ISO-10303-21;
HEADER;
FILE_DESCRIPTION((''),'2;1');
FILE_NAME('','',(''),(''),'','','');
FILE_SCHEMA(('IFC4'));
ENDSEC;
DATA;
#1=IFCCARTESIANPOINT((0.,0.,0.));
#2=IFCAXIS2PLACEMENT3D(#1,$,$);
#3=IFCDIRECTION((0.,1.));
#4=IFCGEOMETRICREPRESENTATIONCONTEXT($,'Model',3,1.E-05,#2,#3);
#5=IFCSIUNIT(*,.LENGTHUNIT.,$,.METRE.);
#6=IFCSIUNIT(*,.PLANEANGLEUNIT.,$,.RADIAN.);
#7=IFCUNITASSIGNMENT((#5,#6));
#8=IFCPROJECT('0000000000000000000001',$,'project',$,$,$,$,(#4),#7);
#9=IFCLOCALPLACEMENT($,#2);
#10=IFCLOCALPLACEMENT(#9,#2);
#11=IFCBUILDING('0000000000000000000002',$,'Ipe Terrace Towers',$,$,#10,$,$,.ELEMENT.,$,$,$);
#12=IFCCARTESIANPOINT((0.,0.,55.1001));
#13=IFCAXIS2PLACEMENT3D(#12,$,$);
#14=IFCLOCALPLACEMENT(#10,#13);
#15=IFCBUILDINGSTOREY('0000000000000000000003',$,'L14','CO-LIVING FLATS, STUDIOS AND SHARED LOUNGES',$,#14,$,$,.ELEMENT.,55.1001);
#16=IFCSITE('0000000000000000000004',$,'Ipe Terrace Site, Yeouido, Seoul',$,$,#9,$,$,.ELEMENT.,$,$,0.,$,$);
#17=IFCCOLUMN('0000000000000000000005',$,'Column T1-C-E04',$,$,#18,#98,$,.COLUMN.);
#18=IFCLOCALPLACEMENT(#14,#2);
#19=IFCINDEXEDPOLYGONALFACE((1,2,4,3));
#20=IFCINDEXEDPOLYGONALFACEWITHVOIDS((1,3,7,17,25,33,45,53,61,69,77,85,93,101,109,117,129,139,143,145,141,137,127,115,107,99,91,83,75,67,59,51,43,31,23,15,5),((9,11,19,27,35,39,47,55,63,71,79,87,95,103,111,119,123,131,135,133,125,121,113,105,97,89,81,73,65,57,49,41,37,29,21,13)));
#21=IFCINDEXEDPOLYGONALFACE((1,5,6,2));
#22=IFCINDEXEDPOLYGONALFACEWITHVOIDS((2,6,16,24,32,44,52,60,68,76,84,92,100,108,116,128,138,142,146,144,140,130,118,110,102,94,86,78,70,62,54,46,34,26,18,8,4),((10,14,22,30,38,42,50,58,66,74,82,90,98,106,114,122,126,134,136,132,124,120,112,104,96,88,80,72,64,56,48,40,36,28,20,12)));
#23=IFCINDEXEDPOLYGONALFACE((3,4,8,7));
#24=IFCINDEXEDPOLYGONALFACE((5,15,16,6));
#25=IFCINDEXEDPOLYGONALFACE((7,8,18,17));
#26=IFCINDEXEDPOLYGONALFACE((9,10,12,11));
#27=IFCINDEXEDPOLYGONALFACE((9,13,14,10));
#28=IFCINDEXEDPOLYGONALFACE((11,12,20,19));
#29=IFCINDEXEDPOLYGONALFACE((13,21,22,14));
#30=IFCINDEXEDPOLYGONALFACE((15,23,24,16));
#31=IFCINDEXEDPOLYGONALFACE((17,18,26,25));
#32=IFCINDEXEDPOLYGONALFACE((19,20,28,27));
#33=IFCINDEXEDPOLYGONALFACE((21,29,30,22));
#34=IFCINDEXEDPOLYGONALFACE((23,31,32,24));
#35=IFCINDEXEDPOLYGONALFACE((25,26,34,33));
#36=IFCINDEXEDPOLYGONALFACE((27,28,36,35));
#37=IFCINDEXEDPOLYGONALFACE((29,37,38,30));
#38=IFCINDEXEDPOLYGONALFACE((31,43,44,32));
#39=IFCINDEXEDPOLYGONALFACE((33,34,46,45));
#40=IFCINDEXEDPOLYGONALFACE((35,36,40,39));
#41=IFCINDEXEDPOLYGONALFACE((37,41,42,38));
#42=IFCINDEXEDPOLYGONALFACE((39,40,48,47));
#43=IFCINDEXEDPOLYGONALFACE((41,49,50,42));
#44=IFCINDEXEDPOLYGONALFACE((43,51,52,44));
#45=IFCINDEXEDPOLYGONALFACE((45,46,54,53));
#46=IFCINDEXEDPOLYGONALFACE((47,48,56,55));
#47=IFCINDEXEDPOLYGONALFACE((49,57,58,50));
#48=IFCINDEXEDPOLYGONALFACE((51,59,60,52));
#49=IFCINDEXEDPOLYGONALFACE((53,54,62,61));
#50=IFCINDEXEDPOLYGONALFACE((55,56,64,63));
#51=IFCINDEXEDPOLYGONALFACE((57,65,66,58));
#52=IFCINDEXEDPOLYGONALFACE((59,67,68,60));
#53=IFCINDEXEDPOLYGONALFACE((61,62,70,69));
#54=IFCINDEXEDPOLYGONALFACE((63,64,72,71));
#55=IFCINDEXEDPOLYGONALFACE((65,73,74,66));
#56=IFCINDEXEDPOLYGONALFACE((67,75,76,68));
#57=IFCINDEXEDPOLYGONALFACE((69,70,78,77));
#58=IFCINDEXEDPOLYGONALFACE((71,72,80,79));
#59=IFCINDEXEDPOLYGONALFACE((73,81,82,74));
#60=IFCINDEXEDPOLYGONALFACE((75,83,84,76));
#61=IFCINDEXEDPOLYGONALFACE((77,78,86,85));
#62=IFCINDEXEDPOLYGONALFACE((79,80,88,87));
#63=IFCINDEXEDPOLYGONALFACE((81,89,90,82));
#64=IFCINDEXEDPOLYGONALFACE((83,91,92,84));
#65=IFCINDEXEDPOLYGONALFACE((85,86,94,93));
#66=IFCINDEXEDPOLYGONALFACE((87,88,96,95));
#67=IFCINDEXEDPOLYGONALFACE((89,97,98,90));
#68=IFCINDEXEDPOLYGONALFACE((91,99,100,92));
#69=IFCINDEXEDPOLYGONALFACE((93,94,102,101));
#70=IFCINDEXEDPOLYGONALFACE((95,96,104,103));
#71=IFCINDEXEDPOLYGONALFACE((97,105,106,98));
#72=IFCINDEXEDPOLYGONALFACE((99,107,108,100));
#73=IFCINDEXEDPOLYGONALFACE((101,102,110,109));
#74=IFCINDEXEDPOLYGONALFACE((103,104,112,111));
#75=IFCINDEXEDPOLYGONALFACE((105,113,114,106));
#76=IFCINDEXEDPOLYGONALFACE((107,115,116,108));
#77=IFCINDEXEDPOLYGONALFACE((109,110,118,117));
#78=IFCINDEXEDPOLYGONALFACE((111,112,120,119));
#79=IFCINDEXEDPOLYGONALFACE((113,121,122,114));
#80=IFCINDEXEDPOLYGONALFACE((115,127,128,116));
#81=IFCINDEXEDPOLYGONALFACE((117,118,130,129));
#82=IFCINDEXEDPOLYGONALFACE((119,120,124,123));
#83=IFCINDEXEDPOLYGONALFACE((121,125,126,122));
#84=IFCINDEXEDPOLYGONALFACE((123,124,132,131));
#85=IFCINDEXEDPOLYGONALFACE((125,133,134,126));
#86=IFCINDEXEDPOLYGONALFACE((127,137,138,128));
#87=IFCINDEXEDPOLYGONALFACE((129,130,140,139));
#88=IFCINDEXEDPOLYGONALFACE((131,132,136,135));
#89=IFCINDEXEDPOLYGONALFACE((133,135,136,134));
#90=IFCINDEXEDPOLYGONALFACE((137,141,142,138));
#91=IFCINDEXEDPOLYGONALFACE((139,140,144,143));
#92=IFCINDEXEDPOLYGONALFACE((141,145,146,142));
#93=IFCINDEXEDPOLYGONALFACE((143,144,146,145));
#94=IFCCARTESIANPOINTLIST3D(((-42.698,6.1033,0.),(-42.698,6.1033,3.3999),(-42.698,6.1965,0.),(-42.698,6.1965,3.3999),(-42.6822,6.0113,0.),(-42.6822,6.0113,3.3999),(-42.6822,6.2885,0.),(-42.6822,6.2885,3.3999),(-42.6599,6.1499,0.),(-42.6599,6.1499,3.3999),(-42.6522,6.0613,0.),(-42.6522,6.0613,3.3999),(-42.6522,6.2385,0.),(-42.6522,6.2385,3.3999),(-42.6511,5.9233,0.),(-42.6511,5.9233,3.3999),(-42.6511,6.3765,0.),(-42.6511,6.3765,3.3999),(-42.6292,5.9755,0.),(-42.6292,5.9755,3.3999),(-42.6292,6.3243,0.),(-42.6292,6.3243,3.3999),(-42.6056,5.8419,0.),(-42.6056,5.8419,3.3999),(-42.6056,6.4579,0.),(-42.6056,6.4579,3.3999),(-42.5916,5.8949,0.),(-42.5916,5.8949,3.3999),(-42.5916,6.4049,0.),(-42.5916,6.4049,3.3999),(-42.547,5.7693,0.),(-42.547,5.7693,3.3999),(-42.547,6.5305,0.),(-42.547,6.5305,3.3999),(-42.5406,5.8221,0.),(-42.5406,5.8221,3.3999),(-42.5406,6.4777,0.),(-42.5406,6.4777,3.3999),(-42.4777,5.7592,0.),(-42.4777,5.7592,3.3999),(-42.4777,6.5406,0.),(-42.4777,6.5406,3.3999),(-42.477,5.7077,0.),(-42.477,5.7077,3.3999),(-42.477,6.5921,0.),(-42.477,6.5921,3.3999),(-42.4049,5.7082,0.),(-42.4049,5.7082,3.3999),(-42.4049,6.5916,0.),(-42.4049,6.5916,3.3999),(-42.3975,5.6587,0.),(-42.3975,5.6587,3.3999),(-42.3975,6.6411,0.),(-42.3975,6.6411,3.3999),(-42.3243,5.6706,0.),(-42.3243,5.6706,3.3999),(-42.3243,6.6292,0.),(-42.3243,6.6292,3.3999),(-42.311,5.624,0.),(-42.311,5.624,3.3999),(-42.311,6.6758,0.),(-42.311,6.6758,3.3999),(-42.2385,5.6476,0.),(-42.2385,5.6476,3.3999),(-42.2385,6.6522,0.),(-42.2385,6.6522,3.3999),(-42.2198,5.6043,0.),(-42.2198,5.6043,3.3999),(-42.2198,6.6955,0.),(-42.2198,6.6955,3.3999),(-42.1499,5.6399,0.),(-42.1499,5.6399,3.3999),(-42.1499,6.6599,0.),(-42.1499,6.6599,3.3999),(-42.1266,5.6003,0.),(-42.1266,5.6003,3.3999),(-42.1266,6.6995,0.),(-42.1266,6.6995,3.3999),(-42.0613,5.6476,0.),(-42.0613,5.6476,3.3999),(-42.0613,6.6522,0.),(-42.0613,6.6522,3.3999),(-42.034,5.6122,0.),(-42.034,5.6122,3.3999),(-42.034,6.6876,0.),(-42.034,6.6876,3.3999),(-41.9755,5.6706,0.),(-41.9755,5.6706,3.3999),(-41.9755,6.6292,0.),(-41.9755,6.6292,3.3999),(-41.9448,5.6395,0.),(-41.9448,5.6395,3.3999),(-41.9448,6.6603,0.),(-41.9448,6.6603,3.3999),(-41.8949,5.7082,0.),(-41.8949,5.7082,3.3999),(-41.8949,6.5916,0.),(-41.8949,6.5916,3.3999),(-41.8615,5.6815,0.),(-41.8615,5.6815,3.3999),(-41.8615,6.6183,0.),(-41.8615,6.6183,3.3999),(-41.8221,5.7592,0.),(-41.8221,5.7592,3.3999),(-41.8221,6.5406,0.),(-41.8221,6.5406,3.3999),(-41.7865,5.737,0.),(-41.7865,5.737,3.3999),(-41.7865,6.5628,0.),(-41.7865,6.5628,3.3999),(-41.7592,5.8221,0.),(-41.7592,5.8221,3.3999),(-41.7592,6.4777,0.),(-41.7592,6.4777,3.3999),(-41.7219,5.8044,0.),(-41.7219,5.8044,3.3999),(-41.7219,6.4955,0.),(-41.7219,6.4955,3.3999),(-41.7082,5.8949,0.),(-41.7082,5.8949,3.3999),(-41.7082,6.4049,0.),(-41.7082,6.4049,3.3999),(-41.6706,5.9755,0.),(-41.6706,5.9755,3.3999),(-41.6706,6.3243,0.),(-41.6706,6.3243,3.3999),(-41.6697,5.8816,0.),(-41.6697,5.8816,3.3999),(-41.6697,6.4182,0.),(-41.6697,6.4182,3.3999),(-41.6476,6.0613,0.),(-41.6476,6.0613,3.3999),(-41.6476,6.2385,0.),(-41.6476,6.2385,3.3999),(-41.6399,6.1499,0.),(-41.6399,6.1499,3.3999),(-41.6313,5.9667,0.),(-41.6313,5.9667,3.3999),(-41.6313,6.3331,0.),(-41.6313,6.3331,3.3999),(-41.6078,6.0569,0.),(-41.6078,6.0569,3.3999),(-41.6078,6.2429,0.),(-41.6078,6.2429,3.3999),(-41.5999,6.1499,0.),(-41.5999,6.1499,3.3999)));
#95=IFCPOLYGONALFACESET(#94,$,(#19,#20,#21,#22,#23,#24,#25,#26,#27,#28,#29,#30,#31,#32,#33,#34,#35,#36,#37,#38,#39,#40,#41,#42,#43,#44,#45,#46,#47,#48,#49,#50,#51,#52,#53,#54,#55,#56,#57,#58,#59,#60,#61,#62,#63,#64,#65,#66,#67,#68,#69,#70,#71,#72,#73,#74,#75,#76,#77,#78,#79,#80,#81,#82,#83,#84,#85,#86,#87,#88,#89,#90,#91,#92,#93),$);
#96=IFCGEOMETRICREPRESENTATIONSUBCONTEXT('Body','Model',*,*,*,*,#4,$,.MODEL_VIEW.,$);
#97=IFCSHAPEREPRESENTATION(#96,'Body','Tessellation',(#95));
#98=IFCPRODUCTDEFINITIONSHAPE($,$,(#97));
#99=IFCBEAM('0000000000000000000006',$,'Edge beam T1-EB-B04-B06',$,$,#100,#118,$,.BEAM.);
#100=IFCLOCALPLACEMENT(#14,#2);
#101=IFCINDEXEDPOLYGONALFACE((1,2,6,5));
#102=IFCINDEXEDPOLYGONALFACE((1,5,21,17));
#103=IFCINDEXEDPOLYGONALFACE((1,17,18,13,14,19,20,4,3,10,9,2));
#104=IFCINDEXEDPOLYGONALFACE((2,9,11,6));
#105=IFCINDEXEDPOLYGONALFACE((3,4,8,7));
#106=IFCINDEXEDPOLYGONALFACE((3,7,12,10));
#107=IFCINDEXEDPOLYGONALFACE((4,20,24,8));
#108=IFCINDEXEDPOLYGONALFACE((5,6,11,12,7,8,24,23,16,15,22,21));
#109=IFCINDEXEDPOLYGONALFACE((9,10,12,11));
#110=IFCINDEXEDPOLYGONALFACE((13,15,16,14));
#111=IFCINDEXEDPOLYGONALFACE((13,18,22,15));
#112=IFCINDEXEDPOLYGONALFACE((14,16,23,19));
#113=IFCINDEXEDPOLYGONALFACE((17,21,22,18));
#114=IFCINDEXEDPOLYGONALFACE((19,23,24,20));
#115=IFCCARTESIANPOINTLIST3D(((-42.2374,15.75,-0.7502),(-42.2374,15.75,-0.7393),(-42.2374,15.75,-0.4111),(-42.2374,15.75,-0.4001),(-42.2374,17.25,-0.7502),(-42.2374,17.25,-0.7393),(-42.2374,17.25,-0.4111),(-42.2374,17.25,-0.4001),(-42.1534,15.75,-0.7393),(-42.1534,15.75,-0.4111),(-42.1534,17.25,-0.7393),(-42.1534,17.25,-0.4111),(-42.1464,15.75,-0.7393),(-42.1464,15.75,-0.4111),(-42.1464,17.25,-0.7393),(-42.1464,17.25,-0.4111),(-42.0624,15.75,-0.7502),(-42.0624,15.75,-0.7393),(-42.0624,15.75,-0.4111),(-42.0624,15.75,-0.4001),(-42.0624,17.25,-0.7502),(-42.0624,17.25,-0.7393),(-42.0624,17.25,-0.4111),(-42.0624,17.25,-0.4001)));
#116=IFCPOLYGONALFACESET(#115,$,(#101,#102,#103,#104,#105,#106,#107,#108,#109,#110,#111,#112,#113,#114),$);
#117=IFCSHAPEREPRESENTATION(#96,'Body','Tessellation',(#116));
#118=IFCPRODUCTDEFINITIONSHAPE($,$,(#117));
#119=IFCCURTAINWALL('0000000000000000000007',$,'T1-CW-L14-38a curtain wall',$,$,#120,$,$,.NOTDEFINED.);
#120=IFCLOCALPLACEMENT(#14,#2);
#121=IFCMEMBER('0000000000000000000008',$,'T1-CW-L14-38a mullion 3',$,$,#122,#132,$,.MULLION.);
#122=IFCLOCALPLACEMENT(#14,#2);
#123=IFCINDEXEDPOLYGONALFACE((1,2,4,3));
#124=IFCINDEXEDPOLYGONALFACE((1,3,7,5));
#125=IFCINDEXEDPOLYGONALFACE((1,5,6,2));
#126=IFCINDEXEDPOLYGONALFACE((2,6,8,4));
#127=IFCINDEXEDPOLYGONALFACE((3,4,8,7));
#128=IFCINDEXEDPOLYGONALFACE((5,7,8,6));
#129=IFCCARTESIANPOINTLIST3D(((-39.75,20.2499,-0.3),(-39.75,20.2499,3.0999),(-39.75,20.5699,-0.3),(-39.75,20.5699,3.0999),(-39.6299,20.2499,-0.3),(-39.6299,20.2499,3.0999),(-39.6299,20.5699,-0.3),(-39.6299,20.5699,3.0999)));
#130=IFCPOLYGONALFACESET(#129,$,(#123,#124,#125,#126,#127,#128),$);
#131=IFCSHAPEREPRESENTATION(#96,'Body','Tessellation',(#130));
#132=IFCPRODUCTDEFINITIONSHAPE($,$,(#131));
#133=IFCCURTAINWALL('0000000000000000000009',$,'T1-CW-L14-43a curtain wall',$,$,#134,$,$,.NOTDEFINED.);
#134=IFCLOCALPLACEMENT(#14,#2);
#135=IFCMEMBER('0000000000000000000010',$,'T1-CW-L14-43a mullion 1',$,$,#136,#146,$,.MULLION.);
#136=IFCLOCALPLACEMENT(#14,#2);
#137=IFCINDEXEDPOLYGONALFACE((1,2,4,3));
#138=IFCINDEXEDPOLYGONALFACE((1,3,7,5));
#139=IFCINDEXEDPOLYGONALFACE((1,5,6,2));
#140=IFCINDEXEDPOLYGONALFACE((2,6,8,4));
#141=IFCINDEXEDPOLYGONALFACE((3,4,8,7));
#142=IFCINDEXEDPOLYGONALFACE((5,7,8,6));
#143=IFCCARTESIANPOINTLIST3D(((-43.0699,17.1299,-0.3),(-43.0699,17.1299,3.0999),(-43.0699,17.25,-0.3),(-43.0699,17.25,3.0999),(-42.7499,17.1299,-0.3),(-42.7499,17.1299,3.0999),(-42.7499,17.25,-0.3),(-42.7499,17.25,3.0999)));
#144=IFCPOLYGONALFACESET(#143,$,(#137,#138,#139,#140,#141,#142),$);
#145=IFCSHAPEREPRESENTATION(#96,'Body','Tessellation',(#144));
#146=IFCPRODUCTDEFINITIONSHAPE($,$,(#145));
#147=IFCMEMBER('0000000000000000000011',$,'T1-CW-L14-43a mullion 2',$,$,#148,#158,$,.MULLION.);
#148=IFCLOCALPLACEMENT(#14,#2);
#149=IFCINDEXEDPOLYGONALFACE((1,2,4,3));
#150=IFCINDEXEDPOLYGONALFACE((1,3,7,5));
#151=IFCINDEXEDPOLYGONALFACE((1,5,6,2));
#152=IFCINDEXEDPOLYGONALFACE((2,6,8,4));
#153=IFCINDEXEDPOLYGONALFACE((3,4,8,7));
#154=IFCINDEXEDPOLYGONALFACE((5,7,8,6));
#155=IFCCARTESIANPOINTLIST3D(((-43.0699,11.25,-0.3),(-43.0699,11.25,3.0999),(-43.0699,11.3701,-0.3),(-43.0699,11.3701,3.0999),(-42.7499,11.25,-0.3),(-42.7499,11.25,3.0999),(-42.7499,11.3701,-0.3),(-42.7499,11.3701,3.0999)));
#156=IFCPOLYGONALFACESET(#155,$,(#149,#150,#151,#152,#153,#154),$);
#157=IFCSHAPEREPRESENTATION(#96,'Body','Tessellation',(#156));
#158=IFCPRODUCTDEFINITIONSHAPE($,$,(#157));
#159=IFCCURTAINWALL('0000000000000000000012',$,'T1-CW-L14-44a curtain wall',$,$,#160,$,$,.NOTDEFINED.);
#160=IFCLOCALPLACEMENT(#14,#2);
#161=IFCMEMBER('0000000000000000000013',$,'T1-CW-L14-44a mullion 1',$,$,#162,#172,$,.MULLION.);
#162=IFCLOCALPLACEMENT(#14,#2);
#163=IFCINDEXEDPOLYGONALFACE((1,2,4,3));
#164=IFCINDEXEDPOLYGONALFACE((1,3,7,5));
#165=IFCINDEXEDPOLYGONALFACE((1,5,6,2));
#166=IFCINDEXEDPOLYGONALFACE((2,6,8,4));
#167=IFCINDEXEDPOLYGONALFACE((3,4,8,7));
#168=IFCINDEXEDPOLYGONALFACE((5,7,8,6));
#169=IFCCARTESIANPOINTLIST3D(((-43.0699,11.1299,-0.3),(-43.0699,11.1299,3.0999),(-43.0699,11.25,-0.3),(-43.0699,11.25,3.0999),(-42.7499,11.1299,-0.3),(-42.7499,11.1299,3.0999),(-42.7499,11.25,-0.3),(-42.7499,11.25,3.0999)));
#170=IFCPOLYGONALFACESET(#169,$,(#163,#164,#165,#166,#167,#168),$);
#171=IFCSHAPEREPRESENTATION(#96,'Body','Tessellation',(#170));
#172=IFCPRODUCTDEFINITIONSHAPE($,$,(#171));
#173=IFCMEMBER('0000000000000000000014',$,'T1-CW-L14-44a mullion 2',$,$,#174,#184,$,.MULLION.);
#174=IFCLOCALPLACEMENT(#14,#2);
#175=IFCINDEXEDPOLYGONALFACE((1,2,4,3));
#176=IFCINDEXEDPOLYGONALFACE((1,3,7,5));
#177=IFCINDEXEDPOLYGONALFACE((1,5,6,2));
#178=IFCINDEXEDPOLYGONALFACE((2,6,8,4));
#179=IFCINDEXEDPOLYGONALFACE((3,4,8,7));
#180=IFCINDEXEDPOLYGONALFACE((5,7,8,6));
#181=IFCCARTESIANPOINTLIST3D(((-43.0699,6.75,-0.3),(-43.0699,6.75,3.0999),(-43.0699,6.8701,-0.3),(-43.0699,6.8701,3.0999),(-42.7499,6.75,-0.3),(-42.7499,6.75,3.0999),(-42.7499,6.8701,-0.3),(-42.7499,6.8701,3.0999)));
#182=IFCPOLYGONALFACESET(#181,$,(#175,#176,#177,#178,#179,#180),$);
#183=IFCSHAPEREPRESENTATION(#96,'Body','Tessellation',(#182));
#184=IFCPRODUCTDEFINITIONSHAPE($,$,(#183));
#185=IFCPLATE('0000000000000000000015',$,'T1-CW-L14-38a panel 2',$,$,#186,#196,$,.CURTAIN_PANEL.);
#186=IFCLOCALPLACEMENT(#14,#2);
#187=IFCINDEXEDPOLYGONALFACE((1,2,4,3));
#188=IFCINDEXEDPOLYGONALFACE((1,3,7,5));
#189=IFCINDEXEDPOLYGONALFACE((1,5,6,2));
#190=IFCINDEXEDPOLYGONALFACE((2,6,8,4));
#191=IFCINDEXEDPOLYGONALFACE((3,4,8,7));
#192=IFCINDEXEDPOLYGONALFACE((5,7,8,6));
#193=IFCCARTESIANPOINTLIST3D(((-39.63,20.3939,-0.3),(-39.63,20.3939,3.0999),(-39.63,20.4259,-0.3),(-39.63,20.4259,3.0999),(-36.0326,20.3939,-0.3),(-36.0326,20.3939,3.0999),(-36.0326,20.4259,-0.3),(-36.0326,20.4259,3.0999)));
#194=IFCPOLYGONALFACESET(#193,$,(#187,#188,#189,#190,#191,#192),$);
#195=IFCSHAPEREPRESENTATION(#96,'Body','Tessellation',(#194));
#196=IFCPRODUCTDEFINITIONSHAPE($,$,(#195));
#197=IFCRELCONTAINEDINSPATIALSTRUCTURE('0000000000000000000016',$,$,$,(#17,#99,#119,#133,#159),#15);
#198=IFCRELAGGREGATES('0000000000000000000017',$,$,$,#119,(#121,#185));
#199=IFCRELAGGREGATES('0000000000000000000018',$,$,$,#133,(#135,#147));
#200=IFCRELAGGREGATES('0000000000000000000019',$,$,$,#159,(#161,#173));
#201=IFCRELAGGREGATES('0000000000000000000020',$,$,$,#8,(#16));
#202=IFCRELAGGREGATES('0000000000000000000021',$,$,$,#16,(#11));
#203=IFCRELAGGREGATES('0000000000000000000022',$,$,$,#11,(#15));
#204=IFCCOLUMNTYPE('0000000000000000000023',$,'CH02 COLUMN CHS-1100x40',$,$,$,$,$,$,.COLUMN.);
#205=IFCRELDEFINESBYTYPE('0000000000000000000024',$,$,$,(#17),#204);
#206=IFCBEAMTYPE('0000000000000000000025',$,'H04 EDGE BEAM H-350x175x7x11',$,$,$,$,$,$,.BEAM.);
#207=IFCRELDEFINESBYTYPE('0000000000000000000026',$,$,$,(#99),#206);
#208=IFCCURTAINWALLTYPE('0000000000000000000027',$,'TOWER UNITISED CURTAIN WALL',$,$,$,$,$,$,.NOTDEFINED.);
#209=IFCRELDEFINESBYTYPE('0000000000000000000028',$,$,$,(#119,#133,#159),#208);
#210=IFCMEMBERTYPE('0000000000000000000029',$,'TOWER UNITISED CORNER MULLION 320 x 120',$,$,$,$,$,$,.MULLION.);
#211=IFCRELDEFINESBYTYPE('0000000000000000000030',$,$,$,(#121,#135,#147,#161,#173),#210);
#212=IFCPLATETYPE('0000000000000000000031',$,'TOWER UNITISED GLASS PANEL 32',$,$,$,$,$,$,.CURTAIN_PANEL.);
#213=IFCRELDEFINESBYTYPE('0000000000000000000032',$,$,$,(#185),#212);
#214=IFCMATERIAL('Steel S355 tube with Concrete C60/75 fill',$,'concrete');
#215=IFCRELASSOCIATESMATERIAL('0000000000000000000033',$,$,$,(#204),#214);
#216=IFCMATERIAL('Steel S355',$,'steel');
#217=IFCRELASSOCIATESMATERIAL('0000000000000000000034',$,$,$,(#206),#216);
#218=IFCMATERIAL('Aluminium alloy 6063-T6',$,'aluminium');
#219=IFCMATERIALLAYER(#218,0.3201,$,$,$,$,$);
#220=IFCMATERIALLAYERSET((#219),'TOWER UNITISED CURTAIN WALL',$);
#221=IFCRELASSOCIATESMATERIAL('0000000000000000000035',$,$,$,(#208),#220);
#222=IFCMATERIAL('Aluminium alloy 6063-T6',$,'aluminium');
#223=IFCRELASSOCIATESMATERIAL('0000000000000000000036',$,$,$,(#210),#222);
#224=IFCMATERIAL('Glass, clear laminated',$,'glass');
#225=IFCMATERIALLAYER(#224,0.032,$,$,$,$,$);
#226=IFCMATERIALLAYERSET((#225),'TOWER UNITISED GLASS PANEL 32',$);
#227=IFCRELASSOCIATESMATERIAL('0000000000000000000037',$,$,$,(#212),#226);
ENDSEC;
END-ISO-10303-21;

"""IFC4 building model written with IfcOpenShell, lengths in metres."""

from ifc_helpers import new_model, si_unit, direction, frame, origin, origin_2d, place, context, subcontext, project, spatial, rectangle, hollow_circle, i_section, extrude, material, layer, layer_set, material_profile, profile_set, type_object, element, aggregate, save


model = new_model("IFC4")

# Units and contexts
model_context = context("Model", 3, precision=1e-05, world=origin(), true_north=direction((0.0, 1.0)))
body_context = subcontext(model_context, "Body", "Model", "MODEL_VIEW")
ifc_project = project(units=[si_unit("LENGTHUNIT", "METRE"), si_unit("PLANEANGLEUNIT", "RADIAN")], contexts=[model_context])

# Site, building, storey
site_placement = place(None, origin())
site = spatial("IfcSite", under=ifc_project, at=site_placement, Name="Ipe Terrace Site, Yeouido, Seoul", CompositionType="ELEMENT", RefElevation=0.0)
building_placement = place(site_placement, origin())
building = spatial("IfcBuilding", under=site, at=building_placement, Name="Ipe Terrace Towers", CompositionType="ELEMENT")
storey_placement = place(building_placement, frame((0.0, 0.0, 55.1001)))
storey = spatial("IfcBuildingStorey", under=building, at=storey_placement, Name="L14", Description="CO-LIVING FLATS, STUDIOS AND SHARED LOUNGES", CompositionType="ELEMENT", Elevation=55.1001)

# Column
ifc_material_1 = material(Name="Steel S355 tube with Concrete C60/75 fill", Category="concrete")
ifc_material_profile_1 = material_profile(ifc_material_1, hollow_circle(Radius=0.55, WallThickness=0.04, at=origin_2d()), Name="CHS-1100x40")
ifc_profile_set_1 = profile_set([ifc_material_profile_1], Name="Steel S355 tube with Concrete C60/75 fill")
column_type_1 = type_object("IfcColumnType", Name="CH02 COLUMN CHS-1100x40", PredefinedType="COLUMN", material=ifc_profile_set_1)
column_placement = place(storey_placement, frame((-42.1499, 6.1499, 0.0), z_axis=(0.0, 0.0, 1.0), x_axis=(1.0, 0.0, 0.0)))
element("IfcColumn", 1, at=column_placement, inside=storey, type_object=column_type_1, Name="Column T1-C-E04", PredefinedType="COLUMN", context=body_context, shape_type="SweptSolid", body=[
    extrude(hollow_circle(Radius=0.55, WallThickness=0.04, at=origin_2d()), origin(), (0.0, 0.0, 1.0), 3.3999),
])

# Beam
ifc_material_2 = material(Name="Steel S355", Category="steel")
ifc_material_profile_2 = material_profile(ifc_material_2, i_section(OverallWidth=0.175, OverallDepth=0.3501, WebThickness=0.0071, FlangeThickness=0.011, at=origin_2d()), Name="H-350x175x7x11")
ifc_profile_set_2 = profile_set([ifc_material_profile_2], Name="Steel S355")
beam_type = type_object("IfcBeamType", Name="H04 EDGE BEAM H-350x175x7x11", PredefinedType="BEAM", material=ifc_profile_set_2)
beam_placement = place(storey_placement, frame((-42.1499, 15.75, -0.5752), z_axis=(0.0, 1.0, 0.0), x_axis=(-1.0, 0.0, 0.0)))
element("IfcBeam", 2, at=beam_placement, inside=storey, type_object=beam_type, Name="Edge beam T1-EB-B04-B06", PredefinedType="BEAM", context=body_context, shape_type="SweptSolid", body=[
    extrude(i_section(OverallWidth=0.175, OverallDepth=0.3501, WebThickness=0.0071, FlangeThickness=0.011, at=origin_2d()), origin(), (0.0, 0.0, 1.0), 1.5),
])

# Curtain wall, member
ifc_material_3 = material(Name="Aluminium alloy 6063-T6", Category="aluminium")
ifc_layer_1 = layer(ifc_material_3, 0.3201)
ifc_layer_set_1 = layer_set([ifc_layer_1], Name="TOWER UNITISED CURTAIN WALL")
curtain_wall_type = type_object("IfcCurtainWallType", Name="TOWER UNITISED CURTAIN WALL", PredefinedType="NOTDEFINED", material=ifc_layer_set_1)
curtain_wall_1_placement = place(storey_placement, origin())
curtain_wall_1 = element("IfcCurtainWall", 3, at=curtain_wall_1_placement, inside=storey, type_object=curtain_wall_type, Name="T1-CW-L14-38a curtain wall", PredefinedType="NOTDEFINED")
ifc_material_4 = material(Name="Aluminium alloy 6063-T6", Category="aluminium")
ifc_material_profile_3 = material_profile(ifc_material_4, rectangle(XDim=0.3201, YDim=0.1201, at=origin_2d()), Name="TOWER UNITISED CORNER MULLION 320 x 120")
ifc_profile_set_3 = profile_set([ifc_material_profile_3], Name="Aluminium alloy 6063-T6")
member_type = type_object("IfcMemberType", Name="TOWER UNITISED CORNER MULLION 320 x 120", PredefinedType="MULLION", material=ifc_profile_set_3)
member_1_placement = place(storey_placement, frame((-39.6899, 20.4099, -0.3), z_axis=(0.0, 0.0, 1.0), x_axis=(0.0, 1.0, 0.0)))
member_1 = element("IfcMember", 4, at=member_1_placement, type_object=member_type, Name="T1-CW-L14-38a mullion 3", PredefinedType="MULLION", context=body_context, shape_type="SweptSolid", body=[
    extrude(rectangle(XDim=0.3201, YDim=0.1201, at=origin_2d()), origin(), (0.0, 0.0, 1.0), 3.3999),
])

# Curtain walls, members
curtain_wall_2_placement = place(storey_placement, origin())
curtain_wall_2 = element("IfcCurtainWall", 5, at=curtain_wall_2_placement, inside=storey, type_object=curtain_wall_type, Name="T1-CW-L14-43a curtain wall", PredefinedType="NOTDEFINED")
member_2_placement = place(storey_placement, frame((-42.9099, 17.1899, -0.3), z_axis=(0.0, 0.0, 1.0), x_axis=(-1.0, 0.0, 0.0)))
member_2 = element("IfcMember", 6, at=member_2_placement, type_object=member_type, Name="T1-CW-L14-43a mullion 1", PredefinedType="MULLION", context=body_context, shape_type="SweptSolid", body=[
    extrude(rectangle(XDim=0.3201, YDim=0.1201, at=origin_2d()), origin(), (0.0, 0.0, 1.0), 3.3999),
])
member_3_placement = place(storey_placement, frame((-42.9099, 11.3101, -0.3), z_axis=(0.0, 0.0, 1.0), x_axis=(-1.0, 0.0, 0.0)))
member_3 = element("IfcMember", 7, at=member_3_placement, type_object=member_type, Name="T1-CW-L14-43a mullion 2", PredefinedType="MULLION", context=body_context, shape_type="SweptSolid", body=[
    extrude(rectangle(XDim=0.3201, YDim=0.1201, at=origin_2d()), origin(), (0.0, 0.0, 1.0), 3.3999),
])
curtain_wall_3_placement = place(storey_placement, origin())
curtain_wall_3 = element("IfcCurtainWall", 8, at=curtain_wall_3_placement, inside=storey, type_object=curtain_wall_type, Name="T1-CW-L14-44a curtain wall", PredefinedType="NOTDEFINED")
member_4_placement = place(storey_placement, frame((-42.9099, 11.1899, -0.3), z_axis=(0.0, 0.0, 1.0), x_axis=(-1.0, 0.0, 0.0)))
member_4 = element("IfcMember", 9, at=member_4_placement, type_object=member_type, Name="T1-CW-L14-44a mullion 1", PredefinedType="MULLION", context=body_context, shape_type="SweptSolid", body=[
    extrude(rectangle(XDim=0.3201, YDim=0.1201, at=origin_2d()), origin(), (0.0, 0.0, 1.0), 3.3999),
])
member_5_placement = place(storey_placement, frame((-42.9099, 6.8101, -0.3), z_axis=(0.0, 0.0, 1.0), x_axis=(-1.0, 0.0, 0.0)))
member_5 = element("IfcMember", 10, at=member_5_placement, type_object=member_type, Name="T1-CW-L14-44a mullion 2", PredefinedType="MULLION", context=body_context, shape_type="SweptSolid", body=[
    extrude(rectangle(XDim=0.3201, YDim=0.1201, at=origin_2d()), origin(), (0.0, 0.0, 1.0), 3.3999),
])

# Plate
ifc_material_5 = material(Name="Glass, clear laminated", Category="glass")
ifc_layer_2 = layer(ifc_material_5, 0.032)
ifc_layer_set_2 = layer_set([ifc_layer_2], Name="TOWER UNITISED GLASS PANEL 32")
plate_type = type_object("IfcPlateType", Name="TOWER UNITISED GLASS PANEL 32", PredefinedType="CURTAIN_PANEL", material=ifc_layer_set_2)
plate_1_placement = place(storey_placement, frame((-37.8313, 20.4099, -0.3), z_axis=(0.0, 0.0, 1.0), x_axis=(-1.0, 0.0, 0.0)))
plate_1 = element("IfcPlate", 11, at=plate_1_placement, type_object=plate_type, Name="T1-CW-L14-38a panel 2", PredefinedType="CURTAIN_PANEL", context=body_context, shape_type="SweptSolid", body=[
    extrude(rectangle(XDim=3.5974, YDim=0.032, at=origin_2d()), origin(), (0.0, 0.0, 1.0), 3.3999),
])
aggregate(curtain_wall_1, [member_1, plate_1])
aggregate(curtain_wall_2, [member_2, member_3])
aggregate(curtain_wall_3, [member_4, member_5])

save(model, "model.ifc")
